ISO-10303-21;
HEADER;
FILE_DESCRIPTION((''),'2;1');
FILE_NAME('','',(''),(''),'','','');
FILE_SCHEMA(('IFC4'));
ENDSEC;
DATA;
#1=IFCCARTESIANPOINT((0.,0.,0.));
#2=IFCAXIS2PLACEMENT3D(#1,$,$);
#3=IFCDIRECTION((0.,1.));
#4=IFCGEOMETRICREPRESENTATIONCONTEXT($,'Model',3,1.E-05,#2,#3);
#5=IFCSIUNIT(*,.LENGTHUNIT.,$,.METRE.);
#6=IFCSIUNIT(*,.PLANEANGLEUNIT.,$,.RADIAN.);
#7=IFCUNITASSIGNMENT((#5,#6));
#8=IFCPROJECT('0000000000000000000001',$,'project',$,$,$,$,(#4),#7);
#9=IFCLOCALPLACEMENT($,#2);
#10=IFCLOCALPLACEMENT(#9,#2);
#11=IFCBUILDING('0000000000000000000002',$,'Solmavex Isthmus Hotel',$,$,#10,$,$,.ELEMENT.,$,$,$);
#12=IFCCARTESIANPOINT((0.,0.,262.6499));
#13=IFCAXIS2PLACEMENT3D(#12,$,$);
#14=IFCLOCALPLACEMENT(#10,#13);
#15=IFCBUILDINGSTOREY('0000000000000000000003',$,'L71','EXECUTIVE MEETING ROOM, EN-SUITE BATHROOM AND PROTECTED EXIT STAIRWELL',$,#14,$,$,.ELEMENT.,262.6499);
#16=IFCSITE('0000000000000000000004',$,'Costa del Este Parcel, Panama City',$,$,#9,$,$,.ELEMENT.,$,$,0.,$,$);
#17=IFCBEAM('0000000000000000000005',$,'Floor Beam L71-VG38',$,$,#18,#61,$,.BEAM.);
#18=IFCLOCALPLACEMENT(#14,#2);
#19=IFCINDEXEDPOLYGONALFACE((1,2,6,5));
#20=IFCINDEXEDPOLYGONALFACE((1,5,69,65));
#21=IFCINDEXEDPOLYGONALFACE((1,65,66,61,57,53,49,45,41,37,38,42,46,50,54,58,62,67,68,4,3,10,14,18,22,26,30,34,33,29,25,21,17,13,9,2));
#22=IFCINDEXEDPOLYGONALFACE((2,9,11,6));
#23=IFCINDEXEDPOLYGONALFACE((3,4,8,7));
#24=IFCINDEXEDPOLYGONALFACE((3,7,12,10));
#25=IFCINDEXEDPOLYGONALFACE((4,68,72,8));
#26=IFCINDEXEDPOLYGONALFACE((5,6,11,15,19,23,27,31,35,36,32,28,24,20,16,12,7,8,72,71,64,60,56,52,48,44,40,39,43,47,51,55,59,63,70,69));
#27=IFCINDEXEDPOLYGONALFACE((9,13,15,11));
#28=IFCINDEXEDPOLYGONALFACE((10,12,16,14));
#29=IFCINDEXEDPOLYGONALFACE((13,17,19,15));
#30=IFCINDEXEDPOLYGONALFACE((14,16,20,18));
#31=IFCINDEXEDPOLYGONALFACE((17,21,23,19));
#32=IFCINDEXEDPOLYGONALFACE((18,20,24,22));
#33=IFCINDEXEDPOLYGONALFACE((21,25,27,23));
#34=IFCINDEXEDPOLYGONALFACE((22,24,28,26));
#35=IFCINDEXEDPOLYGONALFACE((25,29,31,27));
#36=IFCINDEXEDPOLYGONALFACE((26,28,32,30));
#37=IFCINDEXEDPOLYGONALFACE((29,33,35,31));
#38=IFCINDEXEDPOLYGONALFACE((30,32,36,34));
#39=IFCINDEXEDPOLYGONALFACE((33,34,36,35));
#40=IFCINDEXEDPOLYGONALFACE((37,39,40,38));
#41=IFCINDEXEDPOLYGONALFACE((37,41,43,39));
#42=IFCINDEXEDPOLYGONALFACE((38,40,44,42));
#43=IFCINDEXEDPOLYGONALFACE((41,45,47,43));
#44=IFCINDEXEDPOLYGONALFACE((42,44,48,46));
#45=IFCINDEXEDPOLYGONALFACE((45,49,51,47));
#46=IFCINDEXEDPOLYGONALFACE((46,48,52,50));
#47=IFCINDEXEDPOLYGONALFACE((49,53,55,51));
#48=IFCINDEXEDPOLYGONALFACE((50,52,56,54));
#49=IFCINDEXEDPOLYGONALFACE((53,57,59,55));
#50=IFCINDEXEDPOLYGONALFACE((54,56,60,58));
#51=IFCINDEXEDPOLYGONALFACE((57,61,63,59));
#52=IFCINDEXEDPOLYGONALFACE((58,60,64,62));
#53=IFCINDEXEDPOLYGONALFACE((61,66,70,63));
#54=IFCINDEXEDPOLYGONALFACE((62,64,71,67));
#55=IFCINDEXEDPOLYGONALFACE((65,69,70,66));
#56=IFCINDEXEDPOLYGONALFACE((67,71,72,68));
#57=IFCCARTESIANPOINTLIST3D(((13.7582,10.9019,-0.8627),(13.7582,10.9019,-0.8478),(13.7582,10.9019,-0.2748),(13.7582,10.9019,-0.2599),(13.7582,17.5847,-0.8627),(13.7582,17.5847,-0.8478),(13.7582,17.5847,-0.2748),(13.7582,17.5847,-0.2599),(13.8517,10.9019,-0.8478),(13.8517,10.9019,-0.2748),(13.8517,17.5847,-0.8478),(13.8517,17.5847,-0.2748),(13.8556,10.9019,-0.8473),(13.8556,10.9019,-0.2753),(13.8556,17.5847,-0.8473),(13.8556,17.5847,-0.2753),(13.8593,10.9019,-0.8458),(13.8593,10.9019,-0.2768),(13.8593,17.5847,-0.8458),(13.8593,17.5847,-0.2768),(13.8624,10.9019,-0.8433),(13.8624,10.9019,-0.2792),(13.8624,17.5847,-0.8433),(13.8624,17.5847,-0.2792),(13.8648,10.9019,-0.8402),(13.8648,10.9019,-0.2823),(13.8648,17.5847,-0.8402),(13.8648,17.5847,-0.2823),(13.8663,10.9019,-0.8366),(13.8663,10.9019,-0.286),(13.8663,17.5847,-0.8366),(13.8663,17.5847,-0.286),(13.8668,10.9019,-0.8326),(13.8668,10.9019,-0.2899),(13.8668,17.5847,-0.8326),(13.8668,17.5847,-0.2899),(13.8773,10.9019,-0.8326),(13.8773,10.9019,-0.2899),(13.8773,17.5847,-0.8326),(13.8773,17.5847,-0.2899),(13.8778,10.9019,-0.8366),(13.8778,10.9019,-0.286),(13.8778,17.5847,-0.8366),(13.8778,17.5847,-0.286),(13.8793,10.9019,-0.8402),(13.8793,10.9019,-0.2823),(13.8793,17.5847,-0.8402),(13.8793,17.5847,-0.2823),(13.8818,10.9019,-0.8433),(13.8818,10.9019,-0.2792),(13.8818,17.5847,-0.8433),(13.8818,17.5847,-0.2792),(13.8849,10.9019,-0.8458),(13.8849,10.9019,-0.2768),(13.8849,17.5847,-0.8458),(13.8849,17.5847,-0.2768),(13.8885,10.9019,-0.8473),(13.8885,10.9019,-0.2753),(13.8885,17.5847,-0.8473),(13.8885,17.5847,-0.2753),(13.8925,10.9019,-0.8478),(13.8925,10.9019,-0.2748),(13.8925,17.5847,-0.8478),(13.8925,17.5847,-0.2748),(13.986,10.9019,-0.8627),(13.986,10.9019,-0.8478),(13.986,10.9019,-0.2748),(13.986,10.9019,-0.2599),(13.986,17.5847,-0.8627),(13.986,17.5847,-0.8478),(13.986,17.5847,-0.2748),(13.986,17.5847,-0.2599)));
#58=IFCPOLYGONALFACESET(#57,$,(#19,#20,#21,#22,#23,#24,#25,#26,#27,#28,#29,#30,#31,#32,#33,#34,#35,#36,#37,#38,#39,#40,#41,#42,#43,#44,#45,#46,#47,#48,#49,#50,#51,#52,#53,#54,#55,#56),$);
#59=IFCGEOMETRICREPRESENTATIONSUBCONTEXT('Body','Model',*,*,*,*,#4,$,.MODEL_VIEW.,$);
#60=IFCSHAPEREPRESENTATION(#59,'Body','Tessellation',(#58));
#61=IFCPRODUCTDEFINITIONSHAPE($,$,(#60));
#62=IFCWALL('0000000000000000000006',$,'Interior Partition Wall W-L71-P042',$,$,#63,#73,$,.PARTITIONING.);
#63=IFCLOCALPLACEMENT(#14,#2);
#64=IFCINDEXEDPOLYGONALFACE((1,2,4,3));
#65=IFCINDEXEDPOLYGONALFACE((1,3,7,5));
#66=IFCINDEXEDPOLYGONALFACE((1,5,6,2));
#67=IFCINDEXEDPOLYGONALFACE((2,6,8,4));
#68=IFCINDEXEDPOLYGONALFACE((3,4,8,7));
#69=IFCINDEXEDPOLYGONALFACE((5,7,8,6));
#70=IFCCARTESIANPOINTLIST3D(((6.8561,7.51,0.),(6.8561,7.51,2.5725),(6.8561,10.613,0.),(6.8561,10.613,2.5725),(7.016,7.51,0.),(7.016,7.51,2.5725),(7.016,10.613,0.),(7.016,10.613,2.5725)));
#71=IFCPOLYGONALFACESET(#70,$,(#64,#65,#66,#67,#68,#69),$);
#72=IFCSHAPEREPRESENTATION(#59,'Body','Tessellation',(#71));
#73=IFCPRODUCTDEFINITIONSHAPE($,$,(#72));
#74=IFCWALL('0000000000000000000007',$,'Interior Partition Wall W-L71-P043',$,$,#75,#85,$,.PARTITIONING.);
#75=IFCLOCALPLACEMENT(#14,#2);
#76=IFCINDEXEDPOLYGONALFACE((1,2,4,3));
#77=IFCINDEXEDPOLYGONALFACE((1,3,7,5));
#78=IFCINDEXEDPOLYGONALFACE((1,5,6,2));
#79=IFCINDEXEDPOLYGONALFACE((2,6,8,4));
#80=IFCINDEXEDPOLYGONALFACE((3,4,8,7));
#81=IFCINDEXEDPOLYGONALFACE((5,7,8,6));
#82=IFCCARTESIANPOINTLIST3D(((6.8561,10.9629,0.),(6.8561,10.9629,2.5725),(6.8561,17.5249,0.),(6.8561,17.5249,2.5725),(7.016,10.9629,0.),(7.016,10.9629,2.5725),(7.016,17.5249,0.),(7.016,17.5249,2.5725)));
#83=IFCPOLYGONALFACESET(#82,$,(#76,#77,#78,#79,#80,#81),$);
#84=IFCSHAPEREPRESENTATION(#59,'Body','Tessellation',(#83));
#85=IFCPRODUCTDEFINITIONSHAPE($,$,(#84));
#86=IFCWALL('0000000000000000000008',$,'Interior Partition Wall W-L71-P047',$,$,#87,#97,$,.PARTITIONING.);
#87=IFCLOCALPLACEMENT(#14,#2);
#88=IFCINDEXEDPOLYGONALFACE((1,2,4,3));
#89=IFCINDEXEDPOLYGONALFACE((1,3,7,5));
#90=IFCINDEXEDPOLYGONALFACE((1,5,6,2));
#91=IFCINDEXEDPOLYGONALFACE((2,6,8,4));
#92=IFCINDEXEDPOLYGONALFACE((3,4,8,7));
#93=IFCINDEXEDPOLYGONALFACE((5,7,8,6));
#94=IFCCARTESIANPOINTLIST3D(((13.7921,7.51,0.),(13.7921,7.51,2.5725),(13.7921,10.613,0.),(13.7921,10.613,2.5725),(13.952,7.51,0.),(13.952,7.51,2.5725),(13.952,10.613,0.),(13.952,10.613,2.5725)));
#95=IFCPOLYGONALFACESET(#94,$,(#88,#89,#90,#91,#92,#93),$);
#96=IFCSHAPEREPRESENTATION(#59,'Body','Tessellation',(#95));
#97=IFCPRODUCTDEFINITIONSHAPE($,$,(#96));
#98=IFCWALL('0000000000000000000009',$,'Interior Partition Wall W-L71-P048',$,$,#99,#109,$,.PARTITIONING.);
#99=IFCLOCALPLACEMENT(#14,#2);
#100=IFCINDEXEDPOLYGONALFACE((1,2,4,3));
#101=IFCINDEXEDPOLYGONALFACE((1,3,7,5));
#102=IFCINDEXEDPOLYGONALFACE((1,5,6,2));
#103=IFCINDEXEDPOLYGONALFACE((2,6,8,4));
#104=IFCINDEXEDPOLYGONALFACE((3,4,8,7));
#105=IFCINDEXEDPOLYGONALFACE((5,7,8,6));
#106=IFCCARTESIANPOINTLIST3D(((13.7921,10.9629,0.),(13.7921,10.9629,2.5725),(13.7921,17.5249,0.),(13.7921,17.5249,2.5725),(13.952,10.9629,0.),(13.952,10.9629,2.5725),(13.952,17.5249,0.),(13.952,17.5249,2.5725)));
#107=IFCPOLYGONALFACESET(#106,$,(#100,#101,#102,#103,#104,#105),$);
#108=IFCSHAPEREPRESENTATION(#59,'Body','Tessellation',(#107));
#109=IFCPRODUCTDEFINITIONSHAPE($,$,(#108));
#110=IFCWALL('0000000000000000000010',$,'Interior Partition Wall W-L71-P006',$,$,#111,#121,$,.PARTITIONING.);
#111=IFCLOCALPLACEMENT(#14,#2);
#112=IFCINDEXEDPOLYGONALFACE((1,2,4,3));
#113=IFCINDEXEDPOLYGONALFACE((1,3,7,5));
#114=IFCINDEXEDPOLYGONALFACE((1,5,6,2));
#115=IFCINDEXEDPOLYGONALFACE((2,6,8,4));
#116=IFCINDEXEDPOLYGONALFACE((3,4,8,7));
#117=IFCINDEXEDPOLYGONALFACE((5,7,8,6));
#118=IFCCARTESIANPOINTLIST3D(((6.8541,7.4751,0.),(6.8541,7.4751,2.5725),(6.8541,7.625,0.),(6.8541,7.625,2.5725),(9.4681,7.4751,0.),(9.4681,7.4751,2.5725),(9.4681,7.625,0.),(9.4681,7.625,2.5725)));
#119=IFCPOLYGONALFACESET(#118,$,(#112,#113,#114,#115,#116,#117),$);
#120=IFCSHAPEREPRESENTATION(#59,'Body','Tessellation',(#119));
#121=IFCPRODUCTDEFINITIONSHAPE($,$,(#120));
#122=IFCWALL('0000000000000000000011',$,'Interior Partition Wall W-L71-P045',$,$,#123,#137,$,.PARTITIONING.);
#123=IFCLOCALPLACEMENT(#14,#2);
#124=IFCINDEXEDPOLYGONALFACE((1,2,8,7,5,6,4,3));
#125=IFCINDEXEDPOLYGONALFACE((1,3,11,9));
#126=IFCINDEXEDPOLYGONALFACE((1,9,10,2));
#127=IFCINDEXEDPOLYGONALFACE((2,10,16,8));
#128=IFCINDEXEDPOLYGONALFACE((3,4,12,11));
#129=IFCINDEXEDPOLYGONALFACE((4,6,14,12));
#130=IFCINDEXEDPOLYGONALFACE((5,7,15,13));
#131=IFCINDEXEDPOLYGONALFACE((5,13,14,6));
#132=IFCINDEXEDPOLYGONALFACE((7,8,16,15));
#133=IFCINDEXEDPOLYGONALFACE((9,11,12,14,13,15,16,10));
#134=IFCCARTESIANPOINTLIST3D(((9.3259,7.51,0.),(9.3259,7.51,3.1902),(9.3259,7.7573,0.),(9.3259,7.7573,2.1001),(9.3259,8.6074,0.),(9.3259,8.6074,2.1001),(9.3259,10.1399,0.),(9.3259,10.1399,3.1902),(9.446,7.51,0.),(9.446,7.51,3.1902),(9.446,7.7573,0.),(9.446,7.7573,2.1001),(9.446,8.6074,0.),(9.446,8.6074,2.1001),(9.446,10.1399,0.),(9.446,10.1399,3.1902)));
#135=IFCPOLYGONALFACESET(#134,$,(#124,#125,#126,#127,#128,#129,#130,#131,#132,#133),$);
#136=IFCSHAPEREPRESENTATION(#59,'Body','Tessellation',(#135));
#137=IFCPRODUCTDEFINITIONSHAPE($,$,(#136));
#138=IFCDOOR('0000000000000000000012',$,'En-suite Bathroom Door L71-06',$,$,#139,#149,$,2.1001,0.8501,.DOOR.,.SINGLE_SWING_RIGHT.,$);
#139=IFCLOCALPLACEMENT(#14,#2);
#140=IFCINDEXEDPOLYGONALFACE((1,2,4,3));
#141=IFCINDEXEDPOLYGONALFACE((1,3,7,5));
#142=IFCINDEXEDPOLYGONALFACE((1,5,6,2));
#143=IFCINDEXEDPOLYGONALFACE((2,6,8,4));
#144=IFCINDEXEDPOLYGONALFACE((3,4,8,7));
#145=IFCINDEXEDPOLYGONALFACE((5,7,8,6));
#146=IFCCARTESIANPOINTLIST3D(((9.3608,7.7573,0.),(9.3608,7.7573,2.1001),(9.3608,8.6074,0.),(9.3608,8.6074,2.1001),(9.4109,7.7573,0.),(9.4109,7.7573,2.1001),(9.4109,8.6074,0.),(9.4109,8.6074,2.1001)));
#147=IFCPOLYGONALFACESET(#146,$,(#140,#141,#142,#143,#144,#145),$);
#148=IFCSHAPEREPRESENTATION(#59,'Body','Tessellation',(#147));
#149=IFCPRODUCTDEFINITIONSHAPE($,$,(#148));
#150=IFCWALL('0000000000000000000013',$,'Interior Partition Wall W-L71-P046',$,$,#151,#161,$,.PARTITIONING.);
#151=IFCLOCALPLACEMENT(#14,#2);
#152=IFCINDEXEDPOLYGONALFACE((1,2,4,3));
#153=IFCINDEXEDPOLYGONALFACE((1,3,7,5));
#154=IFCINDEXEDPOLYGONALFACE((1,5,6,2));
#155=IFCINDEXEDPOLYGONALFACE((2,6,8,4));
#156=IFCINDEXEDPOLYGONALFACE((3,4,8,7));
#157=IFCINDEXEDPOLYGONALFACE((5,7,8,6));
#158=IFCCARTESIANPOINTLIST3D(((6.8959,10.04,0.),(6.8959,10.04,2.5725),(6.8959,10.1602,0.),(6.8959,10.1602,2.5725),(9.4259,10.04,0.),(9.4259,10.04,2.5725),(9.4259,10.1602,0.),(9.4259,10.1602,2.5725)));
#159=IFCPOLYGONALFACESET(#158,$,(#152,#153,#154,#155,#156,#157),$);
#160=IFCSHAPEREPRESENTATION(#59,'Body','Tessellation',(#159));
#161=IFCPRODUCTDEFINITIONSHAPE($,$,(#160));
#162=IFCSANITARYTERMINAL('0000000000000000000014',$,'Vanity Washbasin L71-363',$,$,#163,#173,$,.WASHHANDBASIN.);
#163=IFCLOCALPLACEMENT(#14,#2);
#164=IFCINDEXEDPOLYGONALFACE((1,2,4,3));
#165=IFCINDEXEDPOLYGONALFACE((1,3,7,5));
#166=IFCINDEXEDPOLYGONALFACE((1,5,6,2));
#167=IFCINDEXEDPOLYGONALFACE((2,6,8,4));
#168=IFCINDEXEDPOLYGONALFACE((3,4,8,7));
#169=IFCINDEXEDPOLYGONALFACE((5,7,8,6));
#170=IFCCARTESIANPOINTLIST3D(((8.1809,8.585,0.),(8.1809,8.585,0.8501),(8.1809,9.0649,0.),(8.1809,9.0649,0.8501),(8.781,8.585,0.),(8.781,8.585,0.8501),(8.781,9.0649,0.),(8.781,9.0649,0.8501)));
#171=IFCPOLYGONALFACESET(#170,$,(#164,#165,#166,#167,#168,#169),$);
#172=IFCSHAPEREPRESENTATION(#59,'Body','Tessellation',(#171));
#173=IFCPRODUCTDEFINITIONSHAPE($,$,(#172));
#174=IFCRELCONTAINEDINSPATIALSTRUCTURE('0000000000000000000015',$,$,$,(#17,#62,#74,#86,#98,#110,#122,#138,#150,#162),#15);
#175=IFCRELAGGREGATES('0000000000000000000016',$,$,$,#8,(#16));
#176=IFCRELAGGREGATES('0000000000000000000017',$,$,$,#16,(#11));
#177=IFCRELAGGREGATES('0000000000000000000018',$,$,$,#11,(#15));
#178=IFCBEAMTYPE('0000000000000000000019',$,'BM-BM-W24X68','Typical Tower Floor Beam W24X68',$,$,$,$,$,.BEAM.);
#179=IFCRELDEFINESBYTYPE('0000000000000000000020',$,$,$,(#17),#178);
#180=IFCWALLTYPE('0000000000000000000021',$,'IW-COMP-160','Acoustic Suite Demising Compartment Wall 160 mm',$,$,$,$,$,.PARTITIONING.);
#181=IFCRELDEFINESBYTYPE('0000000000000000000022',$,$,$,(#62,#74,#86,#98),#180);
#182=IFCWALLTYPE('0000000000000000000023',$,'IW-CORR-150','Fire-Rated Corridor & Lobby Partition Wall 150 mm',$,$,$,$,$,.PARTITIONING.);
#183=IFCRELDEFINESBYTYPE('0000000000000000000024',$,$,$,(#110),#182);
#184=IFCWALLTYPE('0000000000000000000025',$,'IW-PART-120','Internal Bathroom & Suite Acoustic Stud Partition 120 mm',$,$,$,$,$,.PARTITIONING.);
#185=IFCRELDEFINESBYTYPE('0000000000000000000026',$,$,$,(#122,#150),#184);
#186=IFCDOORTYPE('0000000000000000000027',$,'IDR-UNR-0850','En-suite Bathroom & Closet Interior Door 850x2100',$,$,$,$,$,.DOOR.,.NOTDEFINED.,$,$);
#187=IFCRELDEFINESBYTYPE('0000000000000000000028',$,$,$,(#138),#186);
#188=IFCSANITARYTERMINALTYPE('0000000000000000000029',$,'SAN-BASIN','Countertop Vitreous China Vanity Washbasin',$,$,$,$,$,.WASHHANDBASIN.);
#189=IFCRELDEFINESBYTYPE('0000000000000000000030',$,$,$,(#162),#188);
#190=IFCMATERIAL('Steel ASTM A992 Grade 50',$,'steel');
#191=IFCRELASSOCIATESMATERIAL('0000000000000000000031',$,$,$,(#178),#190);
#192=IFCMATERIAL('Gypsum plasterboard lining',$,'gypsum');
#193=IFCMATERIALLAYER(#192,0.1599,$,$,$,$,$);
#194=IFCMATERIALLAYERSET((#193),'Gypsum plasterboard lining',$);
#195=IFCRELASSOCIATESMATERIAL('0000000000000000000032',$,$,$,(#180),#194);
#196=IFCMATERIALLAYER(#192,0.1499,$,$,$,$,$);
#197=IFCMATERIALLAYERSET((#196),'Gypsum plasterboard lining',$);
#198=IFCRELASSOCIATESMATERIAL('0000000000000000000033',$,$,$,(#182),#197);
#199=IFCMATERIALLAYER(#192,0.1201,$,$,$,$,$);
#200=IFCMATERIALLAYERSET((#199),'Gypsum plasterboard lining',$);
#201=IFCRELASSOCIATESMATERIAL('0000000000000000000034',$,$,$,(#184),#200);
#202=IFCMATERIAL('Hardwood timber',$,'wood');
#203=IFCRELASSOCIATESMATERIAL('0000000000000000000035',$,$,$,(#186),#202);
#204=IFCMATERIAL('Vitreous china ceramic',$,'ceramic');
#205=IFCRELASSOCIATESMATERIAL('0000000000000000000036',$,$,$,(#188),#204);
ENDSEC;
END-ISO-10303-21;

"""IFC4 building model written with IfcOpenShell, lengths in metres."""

from ifc_helpers import new_model, si_unit, direction, frame, frame_2d, origin, origin_2d, place, context, subcontext, project, spatial, rectangle, i_section, extrude, material, layer, layer_set, material_profile, profile_set, type_object, element, fill, save


model = new_model("IFC4")

# Units and contexts
model_context = context("Model", 3, precision=1e-05, world=origin(), true_north=direction((0.0, 1.0)))
body_context = subcontext(model_context, "Body", "Model", "MODEL_VIEW")
ifc_project = project(units=[si_unit("LENGTHUNIT", "METRE"), si_unit("PLANEANGLEUNIT", "RADIAN")], contexts=[model_context])

# Site, building, storey
site_placement = place(None, origin())
site = spatial("IfcSite", under=ifc_project, at=site_placement, Name="Costa del Este Parcel, Panama City", CompositionType="ELEMENT", RefElevation=0.0)
building_placement = place(site_placement, origin())
building = spatial("IfcBuilding", under=site, at=building_placement, Name="Solmavex Isthmus Hotel", CompositionType="ELEMENT")
storey_placement = place(building_placement, frame((0.0, 0.0, 262.6499)))
storey = spatial("IfcBuildingStorey", under=building, at=storey_placement, Name="L71", Description="EXECUTIVE MEETING ROOM, EN-SUITE BATHROOM AND PROTECTED EXIT STAIRWELL", CompositionType="ELEMENT", Elevation=262.6499)

# Beam
ifc_material_1 = material(Name="Steel ASTM A992 Grade 50", Category="steel")
ifc_material_profile_1 = material_profile(ifc_material_1, i_section(OverallWidth=0.2278, OverallDepth=0.6028, WebThickness=0.0105, FlangeThickness=0.0149, FilletRadius=0.0151, at=origin_2d()), Name="W24X68")
ifc_profile_set_1 = profile_set([ifc_material_profile_1], Name="Steel ASTM A992 Grade 50")
beam_type_1 = type_object("IfcBeamType", Name="BM-BM-W24X68", Description="Typical Tower Floor Beam W24X68", PredefinedType="BEAM", material=ifc_profile_set_1)
beam_1_placement = place(storey_placement, frame((13.8721, 10.9019, -0.5613), z_axis=(0.0, 1.0, 0.0), x_axis=(-1.0, 0.0, 0.0)))
element("IfcBeam", 1, at=beam_1_placement, inside=storey, type_object=beam_type_1, Name="Floor Beam L71-VG38", PredefinedType="BEAM", context=body_context, shape_type="SweptSolid", body=[
    extrude(i_section(OverallWidth=0.2278, OverallDepth=0.6028, WebThickness=0.0105, FlangeThickness=0.0149, FilletRadius=0.0151, at=origin_2d()), origin(), (0.0, 0.0, 1.0), 6.6829),
])

# Walls
ifc_material_2 = material(Name="Gypsum plasterboard lining", Category="gypsum")
ifc_layer_1 = layer(ifc_material_2, 0.1599)
ifc_layer_set_1 = layer_set([ifc_layer_1], Name="Gypsum plasterboard lining")
wall_type_1 = type_object("IfcWallType", Name="IW-COMP-160", Description="Acoustic Suite Demising Compartment Wall 160 mm", PredefinedType="PARTITIONING", material=ifc_layer_set_1)
wall_1_placement = place(storey_placement, frame((6.936, 10.613, 0.0), z_axis=(0.0, 0.0, 1.0), x_axis=(0.0, -1.0, 0.0)))
element("IfcWall", 2, at=wall_1_placement, inside=storey, type_object=wall_type_1, Name="Interior Partition Wall W-L71-P042", PredefinedType="PARTITIONING", context=body_context, shape_type="SweptSolid", body=[
    extrude(rectangle(XDim=3.103, YDim=0.1599, at=frame_2d((1.5515, 0.0))), origin(), (0.0, 0.0, 1.0), 2.5725),
])
wall_2_placement = place(storey_placement, frame((6.936, 17.5249, 0.0), z_axis=(0.0, 0.0, 1.0), x_axis=(0.0, -1.0, 0.0)))
element("IfcWall", 3, at=wall_2_placement, inside=storey, type_object=wall_type_1, Name="Interior Partition Wall W-L71-P043", PredefinedType="PARTITIONING", context=body_context, shape_type="SweptSolid", body=[
    extrude(rectangle(XDim=6.562, YDim=0.1599, at=frame_2d((3.281, 0.0))), origin(), (0.0, 0.0, 1.0), 2.5725),
])
wall_3_placement = place(storey_placement, frame((13.8721, 10.613, 0.0), z_axis=(0.0, 0.0, 1.0), x_axis=(0.0, -1.0, 0.0)))
element("IfcWall", 4, at=wall_3_placement, inside=storey, type_object=wall_type_1, Name="Interior Partition Wall W-L71-P047", PredefinedType="PARTITIONING", context=body_context, shape_type="SweptSolid", body=[
    extrude(rectangle(XDim=3.103, YDim=0.1599, at=frame_2d((1.5515, 0.0))), origin(), (0.0, 0.0, 1.0), 2.5725),
])
wall_4_placement = place(storey_placement, frame((13.8721, 17.5249, 0.0), z_axis=(0.0, 0.0, 1.0), x_axis=(0.0, -1.0, 0.0)))
element("IfcWall", 5, at=wall_4_placement, inside=storey, type_object=wall_type_1, Name="Interior Partition Wall W-L71-P048", PredefinedType="PARTITIONING", context=body_context, shape_type="SweptSolid", body=[
    extrude(rectangle(XDim=6.562, YDim=0.1599, at=frame_2d((3.281, 0.0))), origin(), (0.0, 0.0, 1.0), 2.5725),
])

# Shared definitions
ifc_material_3 = material(Name="Hardwood timber", Category="wood")
ifc_layer_2 = layer(ifc_material_2, 0.1499)
ifc_layer_set_2 = layer_set([ifc_layer_2], Name="Gypsum plasterboard lining")
wall_type_2 = type_object("IfcWallType", Name="IW-CORR-150", Description="Fire-Rated Corridor & Lobby Partition Wall 150 mm", PredefinedType="PARTITIONING", material=ifc_layer_set_2)

# Wall
wall_5_placement = place(storey_placement, frame((6.854, 7.55, 0.0), z_axis=(0.0, 0.0, 1.0), x_axis=(1.0, 0.0, 0.0)))
element("IfcWall", 6, at=wall_5_placement, inside=storey, type_object=wall_type_2, Name="Interior Partition Wall W-L71-P006", PredefinedType="PARTITIONING", context=body_context, shape_type="SweptSolid", body=[
    extrude(rectangle(XDim=2.614, YDim=0.1499, at=frame_2d((1.3071, 0.0))), origin(), (0.0, 0.0, 1.0), 2.5725),
])

# Wall, opening, door
ifc_layer_3 = layer(ifc_material_2, 0.1201)
ifc_layer_set_3 = layer_set([ifc_layer_3], Name="Gypsum plasterboard lining")
wall_type_3 = type_object("IfcWallType", Name="IW-PART-120", Description="Internal Bathroom & Suite Acoustic Stud Partition 120 mm", PredefinedType="PARTITIONING", material=ifc_layer_set_3)
wall_6_placement = place(storey_placement, frame((9.386, 7.51, 0.0), z_axis=(0.0, 0.0, 1.0), x_axis=(0.0, 1.0, 0.0)))
wall_6 = element("IfcWall", 7, at=wall_6_placement, inside=storey, type_object=wall_type_3, Name="Interior Partition Wall W-L71-P045", PredefinedType="PARTITIONING", context=body_context, shape_type="SweptSolid", body=[
    extrude(rectangle(XDim=2.6299, YDim=0.1201, at=frame_2d((1.3149, 0.0))), origin(), (0.0, 0.0, 1.0), 3.1902),
])
opening_1_placement = place(wall_6_placement, frame((0.2473, 0.0, 0.0)))
opening_1 = element("IfcOpeningElement", 8, at=opening_1_placement, cuts=wall_6, PredefinedType="OPENING", context=body_context, shape_type="SweptSolid", body=[
    extrude(rectangle(XDim=0.8501, YDim=2.1001, at=frame_2d((0.425, 1.05))), frame((0.0, 0.0701, 0.0), z_axis=(0.0, -1.0, 0.0), x_axis=(1.0, 0.0, 0.0)), (0.0, 0.0, 1.0), 0.1401),
])
door_type_1 = type_object("IfcDoorType", Name="IDR-UNR-0850", Description="En-suite Bathroom & Closet Interior Door 850x2100", OperationType="NOTDEFINED", PredefinedType="DOOR", material=ifc_material_3)
door_1_placement = place(opening_1_placement, frame((0.8501, 0.0, 0.0), z_axis=(0.0, 0.0, 1.0), x_axis=(-1.0, 0.0, 0.0)))
door_1 = element("IfcDoor", 9, at=door_1_placement, inside=storey, type_object=door_type_1, Name="En-suite Bathroom Door L71-06", OperationType="SINGLE_SWING_RIGHT", OverallHeight=2.1001, OverallWidth=0.8501, PredefinedType="DOOR", context=body_context, shape_type="SweptSolid", body=[
    extrude(rectangle(XDim=0.8501, YDim=2.1001, at=frame_2d((0.425, 1.05))), frame((0.0, 0.0249, 0.0), z_axis=(0.0, -1.0, 0.0), x_axis=(1.0, 0.0, 0.0)), (0.0, 0.0, 1.0), 0.05),
])
fill(opening_1, door_1)

# Wall
wall_7_placement = place(storey_placement, frame((9.426, 10.1001, 0.0), z_axis=(0.0, 0.0, 1.0), x_axis=(-1.0, 0.0, 0.0)))
element("IfcWall", 10, at=wall_7_placement, inside=storey, type_object=wall_type_3, Name="Interior Partition Wall W-L71-P046", PredefinedType="PARTITIONING", context=body_context, shape_type="SweptSolid", body=[
    extrude(rectangle(XDim=2.53, YDim=0.1201, at=frame_2d((1.2651, 0.0))), origin(), (0.0, 0.0, 1.0), 2.5725),
])

# Sanitary terminal
ifc_material_4 = material(Name="Vitreous china ceramic", Category="ceramic")
sanitary_terminal_type_1 = type_object("IfcSanitaryTerminalType", Name="SAN-BASIN", Description="Countertop Vitreous China Vanity Washbasin", PredefinedType="WASHHANDBASIN", material=ifc_material_4)
sanitary_terminal_1_placement = place(storey_placement, frame((8.481, 8.825, 0.0), z_axis=(0.0, 0.0, 1.0), x_axis=(1.0, 0.0, 0.0)))
element("IfcSanitaryTerminal", 11, at=sanitary_terminal_1_placement, inside=storey, type_object=sanitary_terminal_type_1, Name="Vanity Washbasin L71-363", PredefinedType="WASHHANDBASIN", context=body_context, shape_type="SweptSolid", body=[
    extrude(rectangle(XDim=0.6001, YDim=0.48, at=origin_2d()), origin(), (0.0, 0.0, 1.0), 0.8501),
])

save(model, "model.ifc")
